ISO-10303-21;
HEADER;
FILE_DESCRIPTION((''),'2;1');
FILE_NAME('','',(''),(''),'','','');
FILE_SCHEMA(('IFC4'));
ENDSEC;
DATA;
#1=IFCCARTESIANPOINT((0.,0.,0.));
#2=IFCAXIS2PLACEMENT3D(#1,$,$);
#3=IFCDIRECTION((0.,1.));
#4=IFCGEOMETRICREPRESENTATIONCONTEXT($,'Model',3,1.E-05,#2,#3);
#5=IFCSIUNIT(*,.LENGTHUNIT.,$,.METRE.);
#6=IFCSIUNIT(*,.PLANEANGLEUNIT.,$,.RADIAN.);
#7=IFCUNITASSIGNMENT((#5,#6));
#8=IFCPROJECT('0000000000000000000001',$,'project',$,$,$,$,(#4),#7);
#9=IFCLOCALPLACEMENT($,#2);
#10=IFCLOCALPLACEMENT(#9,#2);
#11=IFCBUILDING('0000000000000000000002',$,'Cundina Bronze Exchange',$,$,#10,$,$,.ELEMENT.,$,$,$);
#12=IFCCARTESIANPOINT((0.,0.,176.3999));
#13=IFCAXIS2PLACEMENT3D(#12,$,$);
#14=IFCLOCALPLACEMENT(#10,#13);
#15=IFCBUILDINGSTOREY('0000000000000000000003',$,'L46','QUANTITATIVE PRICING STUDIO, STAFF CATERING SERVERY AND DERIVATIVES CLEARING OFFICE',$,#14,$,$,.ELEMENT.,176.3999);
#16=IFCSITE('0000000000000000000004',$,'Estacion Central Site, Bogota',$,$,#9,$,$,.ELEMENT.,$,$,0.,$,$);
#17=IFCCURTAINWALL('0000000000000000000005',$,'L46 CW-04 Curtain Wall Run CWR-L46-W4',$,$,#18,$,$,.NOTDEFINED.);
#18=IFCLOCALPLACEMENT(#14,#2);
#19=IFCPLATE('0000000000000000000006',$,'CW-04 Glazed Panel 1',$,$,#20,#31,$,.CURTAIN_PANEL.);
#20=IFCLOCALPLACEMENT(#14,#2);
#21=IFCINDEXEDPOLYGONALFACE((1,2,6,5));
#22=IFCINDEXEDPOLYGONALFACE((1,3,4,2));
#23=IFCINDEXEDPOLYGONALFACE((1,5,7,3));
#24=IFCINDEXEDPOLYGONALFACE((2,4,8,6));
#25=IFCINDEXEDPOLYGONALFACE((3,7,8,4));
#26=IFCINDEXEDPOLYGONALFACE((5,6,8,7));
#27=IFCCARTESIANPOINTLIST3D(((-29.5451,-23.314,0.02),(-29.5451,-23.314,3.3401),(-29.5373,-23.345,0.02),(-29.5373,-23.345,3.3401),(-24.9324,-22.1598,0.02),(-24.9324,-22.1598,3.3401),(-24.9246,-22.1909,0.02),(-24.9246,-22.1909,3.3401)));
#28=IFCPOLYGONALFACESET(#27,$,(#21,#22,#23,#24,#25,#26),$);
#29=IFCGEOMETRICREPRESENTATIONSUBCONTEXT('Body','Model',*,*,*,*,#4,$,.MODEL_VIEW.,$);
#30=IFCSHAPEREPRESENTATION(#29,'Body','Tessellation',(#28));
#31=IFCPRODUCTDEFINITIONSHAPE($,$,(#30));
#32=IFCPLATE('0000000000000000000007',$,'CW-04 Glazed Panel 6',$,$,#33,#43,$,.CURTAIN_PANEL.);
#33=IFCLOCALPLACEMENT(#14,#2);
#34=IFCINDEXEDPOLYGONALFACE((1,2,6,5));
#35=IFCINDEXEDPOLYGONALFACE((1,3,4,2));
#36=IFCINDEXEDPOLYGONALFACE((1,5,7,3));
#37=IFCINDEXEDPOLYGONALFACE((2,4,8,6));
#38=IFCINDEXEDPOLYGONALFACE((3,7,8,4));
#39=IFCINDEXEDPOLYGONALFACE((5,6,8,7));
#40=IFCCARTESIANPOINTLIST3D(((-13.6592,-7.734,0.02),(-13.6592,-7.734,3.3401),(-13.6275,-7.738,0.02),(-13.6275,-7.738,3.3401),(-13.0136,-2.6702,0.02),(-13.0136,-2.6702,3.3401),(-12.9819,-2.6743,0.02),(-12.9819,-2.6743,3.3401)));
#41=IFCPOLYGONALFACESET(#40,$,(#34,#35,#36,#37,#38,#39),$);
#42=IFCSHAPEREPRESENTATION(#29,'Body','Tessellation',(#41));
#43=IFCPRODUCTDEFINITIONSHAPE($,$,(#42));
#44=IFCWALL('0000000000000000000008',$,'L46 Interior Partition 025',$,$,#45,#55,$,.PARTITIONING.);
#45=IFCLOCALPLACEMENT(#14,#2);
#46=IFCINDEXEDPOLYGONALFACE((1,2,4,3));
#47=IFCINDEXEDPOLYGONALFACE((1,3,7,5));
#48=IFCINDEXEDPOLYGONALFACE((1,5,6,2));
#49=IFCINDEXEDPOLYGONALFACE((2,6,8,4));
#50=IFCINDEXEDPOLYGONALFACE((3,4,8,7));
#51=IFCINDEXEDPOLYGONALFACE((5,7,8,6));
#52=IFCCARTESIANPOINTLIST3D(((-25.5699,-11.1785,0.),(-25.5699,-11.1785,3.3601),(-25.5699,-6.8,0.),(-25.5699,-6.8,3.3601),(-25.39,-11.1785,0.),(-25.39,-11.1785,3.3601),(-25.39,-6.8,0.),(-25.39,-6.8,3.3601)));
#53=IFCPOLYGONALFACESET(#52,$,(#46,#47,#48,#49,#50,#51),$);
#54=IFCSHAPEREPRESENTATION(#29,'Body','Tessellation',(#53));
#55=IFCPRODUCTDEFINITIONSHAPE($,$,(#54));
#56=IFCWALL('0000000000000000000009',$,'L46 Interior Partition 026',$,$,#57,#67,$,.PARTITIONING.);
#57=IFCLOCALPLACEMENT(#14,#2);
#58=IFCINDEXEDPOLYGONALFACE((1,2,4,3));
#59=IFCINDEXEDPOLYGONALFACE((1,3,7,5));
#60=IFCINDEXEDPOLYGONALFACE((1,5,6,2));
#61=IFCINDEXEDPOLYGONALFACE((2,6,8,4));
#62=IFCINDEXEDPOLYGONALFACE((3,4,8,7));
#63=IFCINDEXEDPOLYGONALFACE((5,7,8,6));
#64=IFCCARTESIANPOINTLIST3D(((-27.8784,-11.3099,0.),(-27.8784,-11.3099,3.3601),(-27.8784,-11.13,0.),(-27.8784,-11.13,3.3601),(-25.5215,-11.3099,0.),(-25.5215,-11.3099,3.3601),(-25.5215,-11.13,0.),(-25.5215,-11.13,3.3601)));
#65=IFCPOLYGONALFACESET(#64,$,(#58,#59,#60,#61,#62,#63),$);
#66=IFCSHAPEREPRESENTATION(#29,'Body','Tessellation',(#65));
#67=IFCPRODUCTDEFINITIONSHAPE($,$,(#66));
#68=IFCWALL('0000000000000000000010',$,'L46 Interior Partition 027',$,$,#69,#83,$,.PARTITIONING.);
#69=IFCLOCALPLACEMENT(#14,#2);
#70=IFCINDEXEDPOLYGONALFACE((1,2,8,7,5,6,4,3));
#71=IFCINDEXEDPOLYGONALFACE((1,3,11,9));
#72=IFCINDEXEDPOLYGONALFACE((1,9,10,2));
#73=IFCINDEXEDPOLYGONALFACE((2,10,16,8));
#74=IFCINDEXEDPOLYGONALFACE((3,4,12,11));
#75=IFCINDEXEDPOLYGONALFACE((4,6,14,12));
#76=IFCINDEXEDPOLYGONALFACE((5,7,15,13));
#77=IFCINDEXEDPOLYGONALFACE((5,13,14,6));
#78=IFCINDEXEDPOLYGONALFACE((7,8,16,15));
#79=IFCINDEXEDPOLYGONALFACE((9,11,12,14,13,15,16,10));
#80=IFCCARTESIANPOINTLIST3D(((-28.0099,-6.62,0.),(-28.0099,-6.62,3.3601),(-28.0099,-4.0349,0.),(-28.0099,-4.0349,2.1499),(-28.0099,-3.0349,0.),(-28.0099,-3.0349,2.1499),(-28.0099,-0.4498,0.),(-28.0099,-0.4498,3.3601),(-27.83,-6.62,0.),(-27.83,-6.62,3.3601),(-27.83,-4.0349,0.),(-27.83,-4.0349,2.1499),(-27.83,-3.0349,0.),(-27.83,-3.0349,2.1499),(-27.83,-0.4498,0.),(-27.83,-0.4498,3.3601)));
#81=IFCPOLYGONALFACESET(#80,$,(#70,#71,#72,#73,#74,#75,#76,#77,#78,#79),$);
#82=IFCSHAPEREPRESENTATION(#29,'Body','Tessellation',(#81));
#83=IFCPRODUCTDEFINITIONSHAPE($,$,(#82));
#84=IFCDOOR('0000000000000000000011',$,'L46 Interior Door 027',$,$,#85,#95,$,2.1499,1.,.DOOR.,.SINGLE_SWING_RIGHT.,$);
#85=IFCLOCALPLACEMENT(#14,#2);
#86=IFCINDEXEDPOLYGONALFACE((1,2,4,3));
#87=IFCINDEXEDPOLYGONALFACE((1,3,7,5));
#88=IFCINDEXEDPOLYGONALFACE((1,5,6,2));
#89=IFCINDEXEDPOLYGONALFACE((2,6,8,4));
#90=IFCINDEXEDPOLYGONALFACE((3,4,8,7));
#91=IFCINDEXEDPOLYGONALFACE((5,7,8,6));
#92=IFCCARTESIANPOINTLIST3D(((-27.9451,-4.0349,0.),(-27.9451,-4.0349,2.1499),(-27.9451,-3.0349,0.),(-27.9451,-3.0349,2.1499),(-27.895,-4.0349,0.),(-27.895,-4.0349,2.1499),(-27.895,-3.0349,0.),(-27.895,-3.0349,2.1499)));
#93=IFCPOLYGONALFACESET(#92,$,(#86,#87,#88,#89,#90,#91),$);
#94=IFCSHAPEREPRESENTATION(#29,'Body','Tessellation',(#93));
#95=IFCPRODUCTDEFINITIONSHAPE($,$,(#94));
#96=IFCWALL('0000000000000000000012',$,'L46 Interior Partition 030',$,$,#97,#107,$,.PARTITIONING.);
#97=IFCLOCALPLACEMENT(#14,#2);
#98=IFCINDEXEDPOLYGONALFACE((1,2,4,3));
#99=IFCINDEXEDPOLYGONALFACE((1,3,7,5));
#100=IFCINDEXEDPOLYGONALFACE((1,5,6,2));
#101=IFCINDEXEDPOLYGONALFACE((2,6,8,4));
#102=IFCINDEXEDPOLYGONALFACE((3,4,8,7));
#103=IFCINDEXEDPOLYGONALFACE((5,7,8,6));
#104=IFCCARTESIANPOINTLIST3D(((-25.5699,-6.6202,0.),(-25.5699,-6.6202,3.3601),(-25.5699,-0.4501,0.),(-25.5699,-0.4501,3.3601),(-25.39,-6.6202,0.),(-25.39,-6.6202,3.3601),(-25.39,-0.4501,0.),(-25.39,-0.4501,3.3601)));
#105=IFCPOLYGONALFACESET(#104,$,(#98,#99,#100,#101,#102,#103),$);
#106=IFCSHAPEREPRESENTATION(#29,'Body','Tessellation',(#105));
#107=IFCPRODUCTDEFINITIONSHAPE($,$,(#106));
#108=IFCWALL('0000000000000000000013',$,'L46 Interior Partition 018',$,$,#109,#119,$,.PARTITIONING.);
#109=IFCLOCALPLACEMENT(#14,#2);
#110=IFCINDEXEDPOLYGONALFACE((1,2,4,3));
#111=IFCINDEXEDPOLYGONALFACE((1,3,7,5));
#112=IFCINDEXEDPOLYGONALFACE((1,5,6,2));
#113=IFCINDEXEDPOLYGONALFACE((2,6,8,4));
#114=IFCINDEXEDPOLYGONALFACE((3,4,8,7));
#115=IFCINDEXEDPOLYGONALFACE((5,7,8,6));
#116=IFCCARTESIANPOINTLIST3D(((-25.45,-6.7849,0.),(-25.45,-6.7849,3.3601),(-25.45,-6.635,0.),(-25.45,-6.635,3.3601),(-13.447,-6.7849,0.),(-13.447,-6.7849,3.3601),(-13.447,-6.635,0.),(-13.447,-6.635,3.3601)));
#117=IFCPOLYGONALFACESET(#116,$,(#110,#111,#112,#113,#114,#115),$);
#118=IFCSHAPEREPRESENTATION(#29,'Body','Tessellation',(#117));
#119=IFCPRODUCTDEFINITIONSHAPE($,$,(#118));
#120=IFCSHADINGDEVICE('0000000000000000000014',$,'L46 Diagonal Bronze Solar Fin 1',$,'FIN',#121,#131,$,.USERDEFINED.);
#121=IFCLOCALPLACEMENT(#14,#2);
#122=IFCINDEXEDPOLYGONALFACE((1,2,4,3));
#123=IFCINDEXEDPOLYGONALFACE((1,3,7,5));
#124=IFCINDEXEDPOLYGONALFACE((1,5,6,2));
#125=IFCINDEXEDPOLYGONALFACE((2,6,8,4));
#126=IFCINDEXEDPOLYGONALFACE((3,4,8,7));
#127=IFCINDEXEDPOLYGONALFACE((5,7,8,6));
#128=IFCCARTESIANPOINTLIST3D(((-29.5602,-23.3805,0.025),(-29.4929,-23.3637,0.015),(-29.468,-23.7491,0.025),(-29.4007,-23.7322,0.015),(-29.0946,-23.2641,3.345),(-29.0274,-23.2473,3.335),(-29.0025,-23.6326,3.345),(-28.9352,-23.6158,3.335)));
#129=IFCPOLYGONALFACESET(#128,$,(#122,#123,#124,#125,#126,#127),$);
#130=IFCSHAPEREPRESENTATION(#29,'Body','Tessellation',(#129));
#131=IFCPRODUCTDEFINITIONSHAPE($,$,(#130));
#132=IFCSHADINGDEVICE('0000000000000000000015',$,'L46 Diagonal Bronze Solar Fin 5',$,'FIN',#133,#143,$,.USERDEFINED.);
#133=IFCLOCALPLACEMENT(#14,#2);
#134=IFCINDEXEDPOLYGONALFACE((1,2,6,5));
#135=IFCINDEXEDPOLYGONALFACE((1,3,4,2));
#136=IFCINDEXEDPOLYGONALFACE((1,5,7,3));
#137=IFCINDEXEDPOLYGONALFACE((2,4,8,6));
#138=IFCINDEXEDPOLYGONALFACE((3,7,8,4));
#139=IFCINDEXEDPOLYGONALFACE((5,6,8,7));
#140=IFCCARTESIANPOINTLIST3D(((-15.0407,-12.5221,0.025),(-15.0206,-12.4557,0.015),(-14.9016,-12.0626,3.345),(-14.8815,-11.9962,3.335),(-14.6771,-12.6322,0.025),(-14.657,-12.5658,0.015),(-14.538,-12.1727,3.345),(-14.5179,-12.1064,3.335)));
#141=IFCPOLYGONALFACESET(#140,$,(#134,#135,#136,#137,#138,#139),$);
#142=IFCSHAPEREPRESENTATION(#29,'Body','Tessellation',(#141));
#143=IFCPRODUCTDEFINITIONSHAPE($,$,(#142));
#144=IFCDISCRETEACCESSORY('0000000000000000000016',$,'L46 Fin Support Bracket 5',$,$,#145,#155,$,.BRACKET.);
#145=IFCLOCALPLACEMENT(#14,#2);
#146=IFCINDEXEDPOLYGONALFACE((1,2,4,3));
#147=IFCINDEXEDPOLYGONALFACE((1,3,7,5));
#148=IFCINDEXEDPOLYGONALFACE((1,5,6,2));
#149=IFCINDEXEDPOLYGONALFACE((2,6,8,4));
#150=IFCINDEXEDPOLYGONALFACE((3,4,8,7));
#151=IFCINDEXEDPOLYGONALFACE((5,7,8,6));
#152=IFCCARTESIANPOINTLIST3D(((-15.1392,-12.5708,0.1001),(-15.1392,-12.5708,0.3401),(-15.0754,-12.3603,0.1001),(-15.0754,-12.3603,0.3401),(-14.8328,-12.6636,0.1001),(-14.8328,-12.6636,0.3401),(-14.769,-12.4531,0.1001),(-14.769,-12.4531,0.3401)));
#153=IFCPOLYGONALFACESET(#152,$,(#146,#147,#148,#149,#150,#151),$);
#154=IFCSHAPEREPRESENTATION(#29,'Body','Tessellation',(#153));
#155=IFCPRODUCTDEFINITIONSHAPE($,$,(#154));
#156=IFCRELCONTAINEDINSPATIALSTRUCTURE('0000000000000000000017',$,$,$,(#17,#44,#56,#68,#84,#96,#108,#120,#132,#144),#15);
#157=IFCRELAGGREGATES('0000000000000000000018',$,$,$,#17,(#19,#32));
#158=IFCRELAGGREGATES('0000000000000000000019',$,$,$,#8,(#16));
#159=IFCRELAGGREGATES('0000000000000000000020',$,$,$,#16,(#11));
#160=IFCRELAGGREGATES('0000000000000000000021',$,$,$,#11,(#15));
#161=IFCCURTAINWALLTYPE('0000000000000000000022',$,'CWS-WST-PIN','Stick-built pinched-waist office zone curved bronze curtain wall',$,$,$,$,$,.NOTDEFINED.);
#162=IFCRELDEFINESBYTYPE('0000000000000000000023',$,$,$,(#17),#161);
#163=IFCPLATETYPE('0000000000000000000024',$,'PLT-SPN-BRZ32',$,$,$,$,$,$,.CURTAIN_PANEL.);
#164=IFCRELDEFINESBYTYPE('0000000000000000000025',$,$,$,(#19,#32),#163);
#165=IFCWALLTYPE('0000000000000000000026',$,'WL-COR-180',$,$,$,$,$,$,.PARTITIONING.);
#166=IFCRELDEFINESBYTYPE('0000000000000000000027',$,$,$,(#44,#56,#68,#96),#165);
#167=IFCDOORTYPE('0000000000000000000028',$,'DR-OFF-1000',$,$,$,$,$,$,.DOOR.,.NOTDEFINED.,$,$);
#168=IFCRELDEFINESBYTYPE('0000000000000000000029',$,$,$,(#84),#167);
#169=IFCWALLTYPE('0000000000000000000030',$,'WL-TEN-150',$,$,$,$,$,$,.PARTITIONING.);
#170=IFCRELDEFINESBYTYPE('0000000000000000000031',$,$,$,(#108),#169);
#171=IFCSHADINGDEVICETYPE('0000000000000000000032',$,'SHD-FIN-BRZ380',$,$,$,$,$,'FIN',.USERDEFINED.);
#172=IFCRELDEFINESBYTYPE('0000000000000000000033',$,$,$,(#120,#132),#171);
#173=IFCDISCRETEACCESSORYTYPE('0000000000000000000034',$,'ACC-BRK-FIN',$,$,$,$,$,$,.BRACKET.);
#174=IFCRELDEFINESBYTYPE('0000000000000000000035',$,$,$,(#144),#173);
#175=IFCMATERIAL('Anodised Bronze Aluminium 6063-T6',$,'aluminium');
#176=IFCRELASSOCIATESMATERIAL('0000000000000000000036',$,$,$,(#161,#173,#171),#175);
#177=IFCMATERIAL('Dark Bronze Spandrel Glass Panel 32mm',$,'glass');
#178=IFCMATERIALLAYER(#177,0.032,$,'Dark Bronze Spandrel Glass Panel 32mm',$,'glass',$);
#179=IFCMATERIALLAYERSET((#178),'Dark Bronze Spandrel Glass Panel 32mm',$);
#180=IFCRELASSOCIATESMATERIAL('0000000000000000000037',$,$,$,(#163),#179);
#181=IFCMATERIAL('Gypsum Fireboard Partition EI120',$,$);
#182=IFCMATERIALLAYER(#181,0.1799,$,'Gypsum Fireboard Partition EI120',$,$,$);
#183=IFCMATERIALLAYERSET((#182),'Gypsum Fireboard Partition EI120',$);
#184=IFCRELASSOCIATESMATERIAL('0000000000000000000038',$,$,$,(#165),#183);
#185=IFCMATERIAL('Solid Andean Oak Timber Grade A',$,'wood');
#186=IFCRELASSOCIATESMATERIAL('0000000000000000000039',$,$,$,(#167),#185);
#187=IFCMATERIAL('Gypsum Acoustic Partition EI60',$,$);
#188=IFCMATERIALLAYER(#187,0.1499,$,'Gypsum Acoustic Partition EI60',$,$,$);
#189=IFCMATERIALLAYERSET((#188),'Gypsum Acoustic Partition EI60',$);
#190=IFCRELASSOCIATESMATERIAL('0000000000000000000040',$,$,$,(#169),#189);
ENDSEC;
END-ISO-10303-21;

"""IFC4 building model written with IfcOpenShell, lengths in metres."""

from ifc_helpers import new_model, si_unit, direction, frame, frame_2d, origin, origin_2d, place, context, subcontext, project, spatial, rectangle, extrude, material, layer, layer_set, material_profile, profile_set, type_object, element, fill, aggregate, save


model = new_model("IFC4")

# Units and contexts
model_context = context("Model", 3, precision=1e-05, world=origin(), true_north=direction((0.0, 1.0)))
body_context = subcontext(model_context, "Body", "Model", "MODEL_VIEW")
ifc_project = project(units=[si_unit("LENGTHUNIT", "METRE"), si_unit("PLANEANGLEUNIT", "RADIAN")], contexts=[model_context])

# Site, building, storey
site_placement = place(None, origin())
site = spatial("IfcSite", under=ifc_project, at=site_placement, Name="Estacion Central Site, Bogota", CompositionType="ELEMENT", RefElevation=0.0)
building_placement = place(site_placement, origin())
building = spatial("IfcBuilding", under=site, at=building_placement, Name="Cundina Bronze Exchange", CompositionType="ELEMENT")
storey_placement = place(building_placement, frame((0.0, 0.0, 176.3999)))
storey = spatial("IfcBuildingStorey", under=building, at=storey_placement, Name="L46", Description="QUANTITATIVE PRICING STUDIO, STAFF CATERING SERVERY AND DERIVATIVES CLEARING OFFICE", CompositionType="ELEMENT", Elevation=176.3999)

# Curtain wall, plates
ifc_material_1 = material(Name="Anodised Bronze Aluminium 6063-T6", Category="aluminium")
curtain_wall_type = type_object("IfcCurtainWallType", Name="CWS-WST-PIN", Description="Stick-built pinched-waist office zone curved bronze curtain wall", PredefinedType="NOTDEFINED", material=ifc_material_1)
curtain_wall_placement = place(storey_placement, origin())
curtain_wall = element("IfcCurtainWall", 1, at=curtain_wall_placement, inside=storey, type_object=curtain_wall_type, Name="L46 CW-04 Curtain Wall Run CWR-L46-W4", PredefinedType="NOTDEFINED")
ifc_material_2 = material(Name="Dark Bronze Spandrel Glass Panel 32mm", Category="glass")
ifc_layer_1 = layer(ifc_material_2, 0.032, Name="Dark Bronze Spandrel Glass Panel 32mm", Category="glass")
ifc_layer_set_1 = layer_set([ifc_layer_1], Name="Dark Bronze Spandrel Glass Panel 32mm")
plate_type_1 = type_object("IfcPlateType", Name="PLT-SPN-BRZ32", PredefinedType="CURTAIN_PANEL", material=ifc_layer_set_1)
plate_1_placement = place(storey_placement, frame((-27.2349, -22.7524, 0.02), z_axis=(0.0, 0.0, 1.0), x_axis=(0.970093, 0.242735, 0.0)))
plate_1 = element("IfcPlate", 2, at=plate_1_placement, type_object=plate_type_1, Name="CW-04 Glazed Panel 1", PredefinedType="CURTAIN_PANEL", context=body_context, shape_type="SweptSolid", body=[
    extrude(rectangle(XDim=4.7549, YDim=0.032, at=origin_2d()), origin(), (0.0, 0.0, 1.0), 3.3201),
])
plate_2_placement = place(storey_placement, frame((-13.3206, -5.2041, 0.02), z_axis=(0.0, 0.0, 1.0), x_axis=(0.126476, 0.99197, 0.0)))
plate_2 = element("IfcPlate", 3, at=plate_2_placement, type_object=plate_type_1, Name="CW-04 Glazed Panel 6", PredefinedType="CURTAIN_PANEL", context=body_context, shape_type="SweptSolid", body=[
    extrude(rectangle(XDim=5.1047, YDim=0.032, at=origin_2d()), origin(), (0.0, 0.0, 1.0), 3.3201),
])
aggregate(curtain_wall, [plate_1, plate_2])

# Shared definitions
ifc_material_3 = material(Name="Gypsum Fireboard Partition EI120")
ifc_layer_2 = layer(ifc_material_3, 0.1799, Name="Gypsum Fireboard Partition EI120")
ifc_layer_set_2 = layer_set([ifc_layer_2], Name="Gypsum Fireboard Partition EI120")
wall_type_1 = type_object("IfcWallType", Name="WL-COR-180", PredefinedType="PARTITIONING", material=ifc_layer_set_2)
ifc_material_4 = material(Name="Solid Andean Oak Timber Grade A", Category="wood")
door_type = type_object("IfcDoorType", Name="DR-OFF-1000", OperationType="NOTDEFINED", PredefinedType="DOOR", material=ifc_material_4)

# Walls
wall_1_placement = place(storey_placement, frame((-25.48, -11.1785, 0.0), z_axis=(0.0, 0.0, 1.0), x_axis=(0.0, 1.0, 0.0)))
element("IfcWall", 4, at=wall_1_placement, inside=storey, type_object=wall_type_1, Name="L46 Interior Partition 025", PredefinedType="PARTITIONING", context=body_context, shape_type="SweptSolid", body=[
    extrude(rectangle(XDim=4.3784, YDim=0.1799, at=frame_2d((2.1892, 0.0))), origin(), (0.0, 0.0, 1.0), 3.3601),
])
wall_2_placement = place(storey_placement, frame((-27.8784, -11.22, 0.0), z_axis=(0.0, 0.0, 1.0), x_axis=(1.0, 0.0, 0.0)))
element("IfcWall", 5, at=wall_2_placement, inside=storey, type_object=wall_type_1, Name="L46 Interior Partition 026", PredefinedType="PARTITIONING", context=body_context, shape_type="SweptSolid", body=[
    extrude(rectangle(XDim=2.3569, YDim=0.1799, at=frame_2d((1.1785, 0.0))), origin(), (0.0, 0.0, 1.0), 3.3601),
])

# Wall, opening, door
wall_3_placement = place(storey_placement, frame((-27.9199, -0.45, 0.0), z_axis=(0.0, 0.0, 1.0), x_axis=(0.0, -1.0, 0.0)))
wall_3 = element("IfcWall", 6, at=wall_3_placement, inside=storey, type_object=wall_type_1, Name="L46 Interior Partition 027", PredefinedType="PARTITIONING", context=body_context, shape_type="SweptSolid", body=[
    extrude(rectangle(XDim=6.1702, YDim=0.1799, at=frame_2d((3.085, 0.0))), origin(), (0.0, 0.0, 1.0), 3.3601),
])
opening_1_placement = place(wall_3_placement, frame((2.585, 0.0, 0.0)))
opening_1 = element("IfcOpeningElement", 7, at=opening_1_placement, cuts=wall_3, PredefinedType="OPENING", context=body_context, shape_type="SweptSolid", body=[
    extrude(rectangle(XDim=1.0, YDim=2.1499, at=frame_2d((0.5, 1.075))), frame((0.0, 0.0999, 0.0), z_axis=(0.0, -1.0, 0.0), x_axis=(1.0, 0.0, 0.0)), (0.0, 0.0, 1.0), 0.2),
])
door_1_placement = place(opening_1_placement, origin())
door_1 = element("IfcDoor", 8, at=door_1_placement, inside=storey, type_object=door_type, Name="L46 Interior Door 027", OperationType="SINGLE_SWING_RIGHT", OverallHeight=2.1499, OverallWidth=1.0, PredefinedType="DOOR", context=body_context, shape_type="SweptSolid", body=[
    extrude(rectangle(XDim=1.0, YDim=2.1499, at=frame_2d((0.5, 1.075))), frame((0.0, 0.0249, 0.0), z_axis=(0.0, -1.0, 0.0), x_axis=(1.0, 0.0, 0.0)), (0.0, 0.0, 1.0), 0.05),
])
fill(opening_1, door_1)

# Walls
wall_4_placement = place(storey_placement, frame((-25.48, -6.6201, 0.0), z_axis=(0.0, 0.0, 1.0), x_axis=(0.0, 1.0, 0.0)))
element("IfcWall", 9, at=wall_4_placement, inside=storey, type_object=wall_type_1, Name="L46 Interior Partition 030", PredefinedType="PARTITIONING", context=body_context, shape_type="SweptSolid", body=[
    extrude(rectangle(XDim=6.1702, YDim=0.1799, at=frame_2d((3.085, 0.0))), origin(), (0.0, 0.0, 1.0), 3.3601),
])
ifc_material_5 = material(Name="Gypsum Acoustic Partition EI60")
ifc_layer_3 = layer(ifc_material_5, 0.1499, Name="Gypsum Acoustic Partition EI60")
ifc_layer_set_3 = layer_set([ifc_layer_3], Name="Gypsum Acoustic Partition EI60")
wall_type_2 = type_object("IfcWallType", Name="WL-TEN-150", PredefinedType="PARTITIONING", material=ifc_layer_set_3)
wall_5_placement = place(storey_placement, frame((-25.45, -6.71, 0.0), z_axis=(0.0, 0.0, 1.0), x_axis=(1.0, 0.0, 0.0)))
element("IfcWall", 10, at=wall_5_placement, inside=storey, type_object=wall_type_2, Name="L46 Interior Partition 018", PredefinedType="PARTITIONING", context=body_context, shape_type="SweptSolid", body=[
    extrude(rectangle(XDim=12.0029, YDim=0.1499, at=frame_2d((6.0015, 0.0))), origin(), (0.0, 0.0, 1.0), 3.3601),
])

# Shading devices
ifc_material_profile_1 = material_profile(ifc_material_1, rectangle(XDim=0.0701, YDim=0.3799, at=origin_2d()), Name="FIN70X380", Category="aluminium")
ifc_profile_set_1 = profile_set([ifc_material_profile_1], Name="Anodised Bronze Aluminium 6063-T6")
shading_device_type = type_object("IfcShadingDeviceType", Name="SHD-FIN-BRZ380", ElementType="FIN", PredefinedType="USERDEFINED", material=ifc_profile_set_1)
for number, where, z_axis, x_axis, name in (
    (11, (-29.4805, -23.5564, 0.02), (0.138788, 0.034715, 0.989713), (-0.960133, -0.240159, 0.143064), "L46 Diagonal Bronze Solar Fin 1"),
    (12, (-14.8489, -12.5439, 0.02), (0.041483, 0.136968, 0.989706), (-0.286883, -0.947216, 0.143112), "L46 Diagonal Bronze Solar Fin 5"),
):
    element("IfcShadingDevice", number, at=place(storey_placement, frame(where, z_axis=z_axis, x_axis=x_axis)), inside=storey, type_object=shading_device_type, Name=name, ObjectType="FIN", PredefinedType="USERDEFINED", context=body_context, shape_type="SweptSolid", body=[
        extrude(rectangle(XDim=0.0701, YDim=0.3799, at=origin_2d()), origin(), (0.0, 0.0, 1.0), 3.3545),
    ])

# Discrete accessory
discrete_accessory_type = type_object("IfcDiscreteAccessoryType", Name="ACC-BRK-FIN", PredefinedType="BRACKET", material=ifc_material_1)
discrete_accessory_placement = place(storey_placement, frame((-14.9541, -12.512, 0.1001), z_axis=(0.0, 0.0, 1.0), x_axis=(0.290051, 0.957011, 0.0)))
element("IfcDiscreteAccessory", 13, at=discrete_accessory_placement, inside=storey, type_object=discrete_accessory_type, Name="L46 Fin Support Bracket 5", PredefinedType="BRACKET", context=body_context, shape_type="SweptSolid", body=[
    extrude(rectangle(XDim=0.22, YDim=0.3201, at=origin_2d()), origin(), (0.0, 0.0, 1.0), 0.24),
])

save(model, "model.ifc")
